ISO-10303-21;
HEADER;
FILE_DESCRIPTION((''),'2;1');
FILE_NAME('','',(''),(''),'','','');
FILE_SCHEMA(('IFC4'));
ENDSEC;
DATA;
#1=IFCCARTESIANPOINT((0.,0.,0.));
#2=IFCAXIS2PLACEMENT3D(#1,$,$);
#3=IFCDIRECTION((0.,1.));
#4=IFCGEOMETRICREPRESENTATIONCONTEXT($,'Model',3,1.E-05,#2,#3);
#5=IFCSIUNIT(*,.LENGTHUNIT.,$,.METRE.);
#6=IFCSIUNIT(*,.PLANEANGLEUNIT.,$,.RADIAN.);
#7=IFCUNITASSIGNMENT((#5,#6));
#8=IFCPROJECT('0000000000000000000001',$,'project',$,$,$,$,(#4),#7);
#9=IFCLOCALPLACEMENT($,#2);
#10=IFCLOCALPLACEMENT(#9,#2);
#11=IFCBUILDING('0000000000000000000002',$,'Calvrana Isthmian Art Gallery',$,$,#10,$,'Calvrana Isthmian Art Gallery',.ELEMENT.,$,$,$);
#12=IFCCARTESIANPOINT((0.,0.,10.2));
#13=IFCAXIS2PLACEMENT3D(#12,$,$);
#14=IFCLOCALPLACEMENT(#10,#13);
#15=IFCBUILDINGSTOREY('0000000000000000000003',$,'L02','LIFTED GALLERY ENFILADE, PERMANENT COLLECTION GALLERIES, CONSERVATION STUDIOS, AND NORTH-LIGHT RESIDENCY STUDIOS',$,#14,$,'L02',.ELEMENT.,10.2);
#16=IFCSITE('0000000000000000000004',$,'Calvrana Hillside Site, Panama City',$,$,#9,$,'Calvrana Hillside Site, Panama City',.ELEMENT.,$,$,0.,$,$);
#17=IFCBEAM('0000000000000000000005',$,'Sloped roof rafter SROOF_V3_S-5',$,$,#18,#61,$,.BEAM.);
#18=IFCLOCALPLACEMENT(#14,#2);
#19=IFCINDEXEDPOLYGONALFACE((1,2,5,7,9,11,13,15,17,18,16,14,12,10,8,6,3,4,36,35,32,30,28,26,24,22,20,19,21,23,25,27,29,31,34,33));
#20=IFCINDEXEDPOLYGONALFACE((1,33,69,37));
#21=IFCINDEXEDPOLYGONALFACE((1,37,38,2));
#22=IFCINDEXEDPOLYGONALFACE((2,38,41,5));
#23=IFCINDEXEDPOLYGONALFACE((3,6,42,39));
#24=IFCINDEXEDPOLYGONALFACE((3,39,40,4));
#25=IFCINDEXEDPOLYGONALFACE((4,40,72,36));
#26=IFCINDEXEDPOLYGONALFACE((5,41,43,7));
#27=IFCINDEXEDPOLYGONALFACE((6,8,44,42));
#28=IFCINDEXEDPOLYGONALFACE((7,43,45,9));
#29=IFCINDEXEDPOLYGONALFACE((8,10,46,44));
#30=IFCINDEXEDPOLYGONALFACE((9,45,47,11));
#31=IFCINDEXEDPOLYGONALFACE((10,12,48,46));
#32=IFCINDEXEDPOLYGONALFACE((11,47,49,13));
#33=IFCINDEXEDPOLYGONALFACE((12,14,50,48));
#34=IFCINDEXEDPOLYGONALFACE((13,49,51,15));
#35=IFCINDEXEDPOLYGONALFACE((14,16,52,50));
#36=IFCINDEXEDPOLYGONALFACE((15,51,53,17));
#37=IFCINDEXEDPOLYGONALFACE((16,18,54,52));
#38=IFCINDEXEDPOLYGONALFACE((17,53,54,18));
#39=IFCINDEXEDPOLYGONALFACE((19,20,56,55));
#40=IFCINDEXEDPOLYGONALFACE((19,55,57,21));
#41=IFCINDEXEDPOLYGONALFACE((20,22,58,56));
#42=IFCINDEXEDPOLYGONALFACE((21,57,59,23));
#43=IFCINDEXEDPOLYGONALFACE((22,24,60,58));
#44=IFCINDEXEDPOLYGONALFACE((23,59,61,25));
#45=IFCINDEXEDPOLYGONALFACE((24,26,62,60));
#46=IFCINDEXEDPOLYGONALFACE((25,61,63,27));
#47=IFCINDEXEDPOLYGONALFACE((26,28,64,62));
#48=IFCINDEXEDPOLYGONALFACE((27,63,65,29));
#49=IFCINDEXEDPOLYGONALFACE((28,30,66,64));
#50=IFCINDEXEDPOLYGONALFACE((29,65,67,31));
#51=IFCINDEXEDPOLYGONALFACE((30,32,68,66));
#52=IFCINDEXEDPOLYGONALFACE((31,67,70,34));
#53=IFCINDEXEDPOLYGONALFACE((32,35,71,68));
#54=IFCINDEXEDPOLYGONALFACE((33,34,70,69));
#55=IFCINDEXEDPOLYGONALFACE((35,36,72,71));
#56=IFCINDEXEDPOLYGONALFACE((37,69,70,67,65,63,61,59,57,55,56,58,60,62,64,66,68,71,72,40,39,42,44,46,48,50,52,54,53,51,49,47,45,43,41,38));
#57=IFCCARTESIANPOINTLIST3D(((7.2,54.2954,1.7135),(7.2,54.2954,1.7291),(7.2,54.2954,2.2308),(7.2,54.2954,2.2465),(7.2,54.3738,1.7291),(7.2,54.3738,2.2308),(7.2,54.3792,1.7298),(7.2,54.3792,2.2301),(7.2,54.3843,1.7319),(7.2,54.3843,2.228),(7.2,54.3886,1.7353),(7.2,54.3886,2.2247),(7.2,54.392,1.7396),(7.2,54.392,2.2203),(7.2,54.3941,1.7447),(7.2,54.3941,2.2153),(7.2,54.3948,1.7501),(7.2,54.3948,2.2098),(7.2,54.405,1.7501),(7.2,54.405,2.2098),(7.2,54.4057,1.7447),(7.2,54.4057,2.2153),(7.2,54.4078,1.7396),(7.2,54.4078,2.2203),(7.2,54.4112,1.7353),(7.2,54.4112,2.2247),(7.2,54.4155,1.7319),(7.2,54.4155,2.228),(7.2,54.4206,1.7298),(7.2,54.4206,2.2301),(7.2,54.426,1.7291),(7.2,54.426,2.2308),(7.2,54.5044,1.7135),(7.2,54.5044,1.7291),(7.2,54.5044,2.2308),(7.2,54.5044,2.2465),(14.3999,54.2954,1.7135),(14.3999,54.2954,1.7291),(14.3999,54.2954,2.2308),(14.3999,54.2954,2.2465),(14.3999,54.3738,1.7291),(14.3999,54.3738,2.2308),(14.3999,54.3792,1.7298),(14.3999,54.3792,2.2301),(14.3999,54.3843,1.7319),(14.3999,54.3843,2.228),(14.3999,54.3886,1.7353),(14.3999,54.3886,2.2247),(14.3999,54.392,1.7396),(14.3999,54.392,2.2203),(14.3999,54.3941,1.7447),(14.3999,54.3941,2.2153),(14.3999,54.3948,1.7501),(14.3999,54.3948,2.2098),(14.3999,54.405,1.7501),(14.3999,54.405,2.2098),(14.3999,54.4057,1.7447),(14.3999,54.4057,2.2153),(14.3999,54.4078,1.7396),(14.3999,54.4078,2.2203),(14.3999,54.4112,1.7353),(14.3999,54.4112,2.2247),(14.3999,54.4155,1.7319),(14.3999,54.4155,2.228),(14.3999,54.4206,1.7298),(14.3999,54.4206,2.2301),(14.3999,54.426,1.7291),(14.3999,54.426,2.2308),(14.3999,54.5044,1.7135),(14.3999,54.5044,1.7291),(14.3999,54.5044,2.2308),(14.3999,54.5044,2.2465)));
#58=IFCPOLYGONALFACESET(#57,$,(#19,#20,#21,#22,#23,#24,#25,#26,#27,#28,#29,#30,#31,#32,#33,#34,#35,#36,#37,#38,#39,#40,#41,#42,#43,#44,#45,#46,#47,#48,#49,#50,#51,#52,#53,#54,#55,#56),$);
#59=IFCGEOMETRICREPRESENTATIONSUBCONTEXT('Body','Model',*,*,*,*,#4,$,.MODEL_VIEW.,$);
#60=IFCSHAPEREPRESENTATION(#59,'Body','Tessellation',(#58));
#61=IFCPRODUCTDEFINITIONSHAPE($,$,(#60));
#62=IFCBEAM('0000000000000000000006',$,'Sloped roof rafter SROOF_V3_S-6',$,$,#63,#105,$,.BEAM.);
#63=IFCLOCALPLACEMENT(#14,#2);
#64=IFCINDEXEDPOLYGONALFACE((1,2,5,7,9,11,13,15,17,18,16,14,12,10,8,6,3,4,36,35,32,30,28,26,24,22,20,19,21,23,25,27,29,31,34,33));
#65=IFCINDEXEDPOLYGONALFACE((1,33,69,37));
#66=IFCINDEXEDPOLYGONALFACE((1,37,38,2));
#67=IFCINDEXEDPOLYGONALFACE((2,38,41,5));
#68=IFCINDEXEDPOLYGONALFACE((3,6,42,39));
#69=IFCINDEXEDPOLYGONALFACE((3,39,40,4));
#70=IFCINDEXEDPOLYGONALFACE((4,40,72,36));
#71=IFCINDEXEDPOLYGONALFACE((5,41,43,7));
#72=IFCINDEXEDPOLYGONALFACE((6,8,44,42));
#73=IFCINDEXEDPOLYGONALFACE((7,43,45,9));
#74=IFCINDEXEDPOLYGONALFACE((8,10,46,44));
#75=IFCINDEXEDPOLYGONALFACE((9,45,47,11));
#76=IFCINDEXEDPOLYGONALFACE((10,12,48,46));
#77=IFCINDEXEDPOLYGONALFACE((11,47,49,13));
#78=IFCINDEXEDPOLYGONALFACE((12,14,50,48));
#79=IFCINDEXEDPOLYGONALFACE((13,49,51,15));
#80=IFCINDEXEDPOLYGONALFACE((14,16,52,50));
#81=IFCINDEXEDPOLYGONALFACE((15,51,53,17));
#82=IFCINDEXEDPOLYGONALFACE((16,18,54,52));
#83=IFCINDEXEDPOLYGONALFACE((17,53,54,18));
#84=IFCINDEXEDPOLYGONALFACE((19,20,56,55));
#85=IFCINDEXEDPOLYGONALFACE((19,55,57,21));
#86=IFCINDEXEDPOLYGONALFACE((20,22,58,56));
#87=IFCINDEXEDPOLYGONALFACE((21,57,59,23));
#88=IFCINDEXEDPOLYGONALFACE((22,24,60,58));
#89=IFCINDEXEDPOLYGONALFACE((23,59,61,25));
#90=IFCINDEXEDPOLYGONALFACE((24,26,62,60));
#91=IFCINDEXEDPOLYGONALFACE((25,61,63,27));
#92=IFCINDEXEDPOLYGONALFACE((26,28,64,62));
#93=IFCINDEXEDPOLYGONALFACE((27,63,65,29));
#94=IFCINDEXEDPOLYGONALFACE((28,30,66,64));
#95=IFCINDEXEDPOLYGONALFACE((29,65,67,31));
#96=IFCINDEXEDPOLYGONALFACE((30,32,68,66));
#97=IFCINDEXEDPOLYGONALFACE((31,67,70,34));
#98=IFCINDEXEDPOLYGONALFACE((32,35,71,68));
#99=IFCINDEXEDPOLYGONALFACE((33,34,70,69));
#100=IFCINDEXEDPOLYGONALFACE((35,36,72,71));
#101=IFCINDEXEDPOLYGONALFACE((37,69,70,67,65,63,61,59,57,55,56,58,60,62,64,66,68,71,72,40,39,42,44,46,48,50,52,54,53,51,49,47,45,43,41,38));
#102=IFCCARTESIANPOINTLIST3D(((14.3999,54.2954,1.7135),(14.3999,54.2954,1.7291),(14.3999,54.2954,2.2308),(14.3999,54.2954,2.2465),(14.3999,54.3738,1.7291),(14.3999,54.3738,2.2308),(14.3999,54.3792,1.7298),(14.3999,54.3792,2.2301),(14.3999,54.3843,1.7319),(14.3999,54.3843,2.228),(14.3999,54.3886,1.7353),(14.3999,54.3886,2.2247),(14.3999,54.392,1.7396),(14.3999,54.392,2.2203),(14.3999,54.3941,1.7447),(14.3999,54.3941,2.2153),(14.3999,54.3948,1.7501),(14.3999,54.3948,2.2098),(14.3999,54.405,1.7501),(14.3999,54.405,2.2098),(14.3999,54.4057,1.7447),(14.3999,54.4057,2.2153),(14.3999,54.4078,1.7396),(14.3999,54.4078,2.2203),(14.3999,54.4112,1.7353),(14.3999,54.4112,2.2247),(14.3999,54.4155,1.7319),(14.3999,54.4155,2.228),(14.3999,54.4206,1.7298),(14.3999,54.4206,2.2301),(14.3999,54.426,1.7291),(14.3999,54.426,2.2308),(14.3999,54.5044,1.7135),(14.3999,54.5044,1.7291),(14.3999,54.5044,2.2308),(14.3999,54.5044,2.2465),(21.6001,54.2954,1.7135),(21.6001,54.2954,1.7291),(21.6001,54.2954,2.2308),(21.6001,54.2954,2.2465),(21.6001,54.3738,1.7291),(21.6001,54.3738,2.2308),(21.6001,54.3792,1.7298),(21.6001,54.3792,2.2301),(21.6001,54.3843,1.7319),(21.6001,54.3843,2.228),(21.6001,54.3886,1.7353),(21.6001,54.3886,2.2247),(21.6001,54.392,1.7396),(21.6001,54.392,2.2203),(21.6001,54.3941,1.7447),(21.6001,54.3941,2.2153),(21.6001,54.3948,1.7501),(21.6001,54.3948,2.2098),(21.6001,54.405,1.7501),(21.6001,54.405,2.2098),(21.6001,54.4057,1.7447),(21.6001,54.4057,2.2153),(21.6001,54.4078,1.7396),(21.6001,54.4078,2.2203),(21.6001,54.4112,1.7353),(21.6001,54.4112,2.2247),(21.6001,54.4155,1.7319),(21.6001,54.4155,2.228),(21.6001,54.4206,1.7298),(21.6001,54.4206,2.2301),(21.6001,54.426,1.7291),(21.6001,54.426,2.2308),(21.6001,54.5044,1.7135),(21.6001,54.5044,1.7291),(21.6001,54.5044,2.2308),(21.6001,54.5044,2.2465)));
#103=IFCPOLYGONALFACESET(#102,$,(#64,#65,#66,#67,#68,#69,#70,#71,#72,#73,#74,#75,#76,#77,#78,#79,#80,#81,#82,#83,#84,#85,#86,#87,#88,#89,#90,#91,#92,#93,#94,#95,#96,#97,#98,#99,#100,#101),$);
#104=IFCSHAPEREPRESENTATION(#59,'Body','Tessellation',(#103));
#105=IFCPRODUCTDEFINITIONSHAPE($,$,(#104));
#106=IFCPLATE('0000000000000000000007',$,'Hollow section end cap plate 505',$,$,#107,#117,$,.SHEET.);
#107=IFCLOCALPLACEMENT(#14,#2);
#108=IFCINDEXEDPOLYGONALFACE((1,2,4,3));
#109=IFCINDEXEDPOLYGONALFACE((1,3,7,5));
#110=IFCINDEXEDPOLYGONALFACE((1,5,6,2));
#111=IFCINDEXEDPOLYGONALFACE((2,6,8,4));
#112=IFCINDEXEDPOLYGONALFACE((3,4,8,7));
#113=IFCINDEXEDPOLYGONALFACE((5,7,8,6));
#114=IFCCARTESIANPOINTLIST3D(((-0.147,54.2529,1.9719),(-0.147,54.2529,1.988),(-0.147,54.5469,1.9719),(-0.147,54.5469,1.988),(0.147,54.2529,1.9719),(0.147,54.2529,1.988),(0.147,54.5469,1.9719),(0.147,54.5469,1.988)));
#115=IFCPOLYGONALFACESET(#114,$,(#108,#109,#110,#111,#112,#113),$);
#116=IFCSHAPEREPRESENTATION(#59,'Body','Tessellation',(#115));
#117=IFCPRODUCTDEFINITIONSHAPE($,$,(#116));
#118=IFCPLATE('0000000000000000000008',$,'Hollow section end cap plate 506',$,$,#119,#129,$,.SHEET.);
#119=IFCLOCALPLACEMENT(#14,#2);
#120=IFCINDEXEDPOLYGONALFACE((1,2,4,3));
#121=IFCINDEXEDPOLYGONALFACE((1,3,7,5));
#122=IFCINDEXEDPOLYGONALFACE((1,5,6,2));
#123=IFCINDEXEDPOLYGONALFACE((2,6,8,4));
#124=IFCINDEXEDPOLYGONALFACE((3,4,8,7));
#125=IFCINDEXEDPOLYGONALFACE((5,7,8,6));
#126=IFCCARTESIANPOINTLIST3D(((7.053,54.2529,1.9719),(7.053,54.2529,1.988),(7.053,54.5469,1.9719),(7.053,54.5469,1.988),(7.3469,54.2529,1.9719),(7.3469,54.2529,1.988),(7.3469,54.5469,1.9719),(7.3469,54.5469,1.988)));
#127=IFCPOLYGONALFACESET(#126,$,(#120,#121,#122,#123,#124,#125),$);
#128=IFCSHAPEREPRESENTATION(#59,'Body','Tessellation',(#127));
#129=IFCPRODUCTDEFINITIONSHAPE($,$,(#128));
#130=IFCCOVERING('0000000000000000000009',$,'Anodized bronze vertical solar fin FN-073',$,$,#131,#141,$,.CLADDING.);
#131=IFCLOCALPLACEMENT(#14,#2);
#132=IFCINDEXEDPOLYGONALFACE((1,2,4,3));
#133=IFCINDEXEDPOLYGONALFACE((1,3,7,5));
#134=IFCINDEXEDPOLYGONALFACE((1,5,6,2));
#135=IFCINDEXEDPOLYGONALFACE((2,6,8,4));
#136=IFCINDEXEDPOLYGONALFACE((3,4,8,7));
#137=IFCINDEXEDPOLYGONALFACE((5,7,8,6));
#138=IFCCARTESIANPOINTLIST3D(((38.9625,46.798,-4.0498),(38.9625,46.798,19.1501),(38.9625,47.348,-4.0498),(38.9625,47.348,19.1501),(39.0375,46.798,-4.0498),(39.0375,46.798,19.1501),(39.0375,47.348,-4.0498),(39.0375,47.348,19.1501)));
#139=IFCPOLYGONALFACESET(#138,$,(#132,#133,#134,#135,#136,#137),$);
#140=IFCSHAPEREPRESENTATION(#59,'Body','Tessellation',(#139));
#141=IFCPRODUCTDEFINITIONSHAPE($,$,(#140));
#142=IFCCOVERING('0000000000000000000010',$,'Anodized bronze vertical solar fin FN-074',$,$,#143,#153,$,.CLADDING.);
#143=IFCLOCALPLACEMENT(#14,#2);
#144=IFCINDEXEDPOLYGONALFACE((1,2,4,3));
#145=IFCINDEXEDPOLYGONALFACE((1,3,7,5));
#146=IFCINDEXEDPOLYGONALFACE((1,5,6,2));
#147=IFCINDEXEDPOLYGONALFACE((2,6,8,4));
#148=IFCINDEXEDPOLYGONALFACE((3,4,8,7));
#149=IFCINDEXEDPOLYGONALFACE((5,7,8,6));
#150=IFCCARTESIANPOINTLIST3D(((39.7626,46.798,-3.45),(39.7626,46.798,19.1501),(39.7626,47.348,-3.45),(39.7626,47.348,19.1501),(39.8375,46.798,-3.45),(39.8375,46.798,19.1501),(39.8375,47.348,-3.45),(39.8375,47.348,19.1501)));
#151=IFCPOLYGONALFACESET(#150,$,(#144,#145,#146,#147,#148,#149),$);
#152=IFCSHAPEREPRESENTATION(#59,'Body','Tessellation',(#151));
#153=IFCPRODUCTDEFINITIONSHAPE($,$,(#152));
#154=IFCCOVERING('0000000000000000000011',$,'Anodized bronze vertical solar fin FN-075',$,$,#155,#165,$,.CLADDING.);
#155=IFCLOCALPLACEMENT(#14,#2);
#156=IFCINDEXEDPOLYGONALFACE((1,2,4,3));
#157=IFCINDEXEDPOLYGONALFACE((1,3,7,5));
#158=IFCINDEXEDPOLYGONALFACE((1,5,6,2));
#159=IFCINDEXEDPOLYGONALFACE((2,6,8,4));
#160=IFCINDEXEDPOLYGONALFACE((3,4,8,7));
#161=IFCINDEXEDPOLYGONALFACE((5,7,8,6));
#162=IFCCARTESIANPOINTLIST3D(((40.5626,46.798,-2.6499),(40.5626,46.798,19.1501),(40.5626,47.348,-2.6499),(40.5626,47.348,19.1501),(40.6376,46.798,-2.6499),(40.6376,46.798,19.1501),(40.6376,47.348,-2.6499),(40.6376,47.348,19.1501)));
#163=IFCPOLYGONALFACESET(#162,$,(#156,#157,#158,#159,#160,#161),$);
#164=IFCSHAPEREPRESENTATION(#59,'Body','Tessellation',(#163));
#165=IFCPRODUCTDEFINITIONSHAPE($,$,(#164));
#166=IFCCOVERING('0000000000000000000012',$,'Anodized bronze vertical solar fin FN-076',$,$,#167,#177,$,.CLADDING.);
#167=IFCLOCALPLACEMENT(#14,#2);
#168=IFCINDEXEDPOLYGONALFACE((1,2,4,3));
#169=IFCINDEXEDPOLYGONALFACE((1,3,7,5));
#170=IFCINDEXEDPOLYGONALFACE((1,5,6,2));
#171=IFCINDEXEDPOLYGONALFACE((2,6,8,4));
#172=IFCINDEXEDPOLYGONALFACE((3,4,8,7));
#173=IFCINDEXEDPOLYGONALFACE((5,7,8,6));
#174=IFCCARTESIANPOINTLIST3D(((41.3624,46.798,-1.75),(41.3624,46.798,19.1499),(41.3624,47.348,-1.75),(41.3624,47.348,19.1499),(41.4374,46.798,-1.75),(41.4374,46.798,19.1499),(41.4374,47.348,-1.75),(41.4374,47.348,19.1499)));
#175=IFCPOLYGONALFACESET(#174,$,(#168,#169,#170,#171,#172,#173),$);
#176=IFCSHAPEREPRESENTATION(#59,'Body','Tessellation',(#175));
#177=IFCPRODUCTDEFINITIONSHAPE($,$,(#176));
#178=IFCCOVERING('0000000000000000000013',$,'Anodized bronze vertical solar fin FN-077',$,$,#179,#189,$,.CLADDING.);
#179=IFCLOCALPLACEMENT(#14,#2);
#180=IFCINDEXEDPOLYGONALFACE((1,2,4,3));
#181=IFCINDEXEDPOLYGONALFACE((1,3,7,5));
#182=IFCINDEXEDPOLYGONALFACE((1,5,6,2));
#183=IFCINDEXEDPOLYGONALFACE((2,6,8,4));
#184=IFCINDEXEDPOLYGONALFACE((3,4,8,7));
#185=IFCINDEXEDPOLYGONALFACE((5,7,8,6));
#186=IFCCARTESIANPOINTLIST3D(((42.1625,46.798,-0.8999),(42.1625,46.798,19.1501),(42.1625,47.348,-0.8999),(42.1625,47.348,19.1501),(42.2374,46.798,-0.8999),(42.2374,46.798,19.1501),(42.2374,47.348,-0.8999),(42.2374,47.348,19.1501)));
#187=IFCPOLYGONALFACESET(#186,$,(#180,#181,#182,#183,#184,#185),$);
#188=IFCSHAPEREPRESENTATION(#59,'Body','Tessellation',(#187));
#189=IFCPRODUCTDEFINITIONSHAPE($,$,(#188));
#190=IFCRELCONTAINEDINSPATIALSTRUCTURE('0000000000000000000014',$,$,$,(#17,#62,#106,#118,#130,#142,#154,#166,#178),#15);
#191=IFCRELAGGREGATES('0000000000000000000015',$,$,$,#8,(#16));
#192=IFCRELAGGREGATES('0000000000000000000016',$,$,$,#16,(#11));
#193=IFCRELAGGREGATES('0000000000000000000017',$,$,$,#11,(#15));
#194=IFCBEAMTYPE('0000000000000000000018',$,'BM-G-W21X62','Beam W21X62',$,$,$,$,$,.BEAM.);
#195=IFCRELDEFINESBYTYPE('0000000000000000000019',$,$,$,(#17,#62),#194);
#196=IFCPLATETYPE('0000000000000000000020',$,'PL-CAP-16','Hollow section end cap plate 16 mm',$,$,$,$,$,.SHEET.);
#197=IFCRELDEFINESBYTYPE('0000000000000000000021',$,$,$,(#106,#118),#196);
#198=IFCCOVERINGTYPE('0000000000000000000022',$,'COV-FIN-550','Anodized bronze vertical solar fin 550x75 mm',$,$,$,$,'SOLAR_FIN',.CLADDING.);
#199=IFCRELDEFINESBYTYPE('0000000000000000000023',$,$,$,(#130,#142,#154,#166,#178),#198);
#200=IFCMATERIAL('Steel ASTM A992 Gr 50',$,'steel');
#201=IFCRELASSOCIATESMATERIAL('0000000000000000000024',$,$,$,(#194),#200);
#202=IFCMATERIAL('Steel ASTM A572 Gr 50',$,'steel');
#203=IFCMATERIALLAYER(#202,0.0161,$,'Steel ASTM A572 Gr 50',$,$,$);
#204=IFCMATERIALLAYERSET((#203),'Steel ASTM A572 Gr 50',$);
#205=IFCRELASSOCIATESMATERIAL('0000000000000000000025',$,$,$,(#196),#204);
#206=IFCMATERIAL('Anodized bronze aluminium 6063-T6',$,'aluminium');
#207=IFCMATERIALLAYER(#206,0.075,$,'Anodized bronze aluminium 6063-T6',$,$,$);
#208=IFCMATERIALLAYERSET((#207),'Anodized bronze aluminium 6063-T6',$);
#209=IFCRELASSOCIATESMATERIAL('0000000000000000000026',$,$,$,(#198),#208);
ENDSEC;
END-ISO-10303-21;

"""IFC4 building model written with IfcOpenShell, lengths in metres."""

from ifc_helpers import new_model, si_unit, direction, frame, origin, origin_2d, place, context, subcontext, project, spatial, rectangle, i_section, extrude, material, layer, layer_set, material_profile, profile_set, type_object, element, save


model = new_model("IFC4")

# Units and contexts
model_context = context("Model", 3, precision=1e-05, world=origin(), true_north=direction((0.0, 1.0)))
body_context = subcontext(model_context, "Body", "Model", "MODEL_VIEW")
ifc_project = project(units=[si_unit("LENGTHUNIT", "METRE"), si_unit("PLANEANGLEUNIT", "RADIAN")], contexts=[model_context])

# Site, building, storey
site_placement = place(None, origin())
site = spatial("IfcSite", under=ifc_project, at=site_placement, Name="Calvrana Hillside Site, Panama City", LongName="Calvrana Hillside Site, Panama City", CompositionType="ELEMENT", RefElevation=0.0)
building_placement = place(site_placement, origin())
building = spatial("IfcBuilding", under=site, at=building_placement, Name="Calvrana Isthmian Art Gallery", LongName="Calvrana Isthmian Art Gallery", CompositionType="ELEMENT")
storey_placement = place(building_placement, frame((0.0, 0.0, 10.2)))
storey = spatial("IfcBuildingStorey", under=building, at=storey_placement, Name="L02", Description="LIFTED GALLERY ENFILADE, PERMANENT COLLECTION GALLERIES, CONSERVATION STUDIOS, AND NORTH-LIGHT RESIDENCY STUDIOS", LongName="L02", CompositionType="ELEMENT", Elevation=10.2)

# Beams
ifc_material_1 = material(Name="Steel ASTM A992 Gr 50", Category="steel")
ifc_material_profile_1 = material_profile(ifc_material_1, i_section(OverallWidth=0.209, OverallDepth=0.533, WebThickness=0.0103, FlangeThickness=0.0156, FilletRadius=0.021, at=origin_2d()), Name="W21X62")
ifc_profile_set_1 = profile_set([ifc_material_profile_1], Name="Steel ASTM A992 Gr 50")
beam_type = type_object("IfcBeamType", Name="BM-G-W21X62", Description="Beam W21X62", PredefinedType="BEAM", material=ifc_profile_set_1)
for number, where, z_axis, x_axis, name in (
    (1, (7.2, 54.3999, 1.98), (1.0, 0.0, 0.0), (0.0, 1.0, 0.0), "Sloped roof rafter SROOF_V3_S-5"),
):
    element("IfcBeam", number, at=place(storey_placement, frame(where, z_axis=z_axis, x_axis=x_axis)), inside=storey, type_object=beam_type, Name=name, PredefinedType="BEAM", context=body_context, shape_type="SweptSolid", body=[
        extrude(i_section(OverallWidth=0.209, OverallDepth=0.533, WebThickness=0.0103, FlangeThickness=0.0156, FilletRadius=0.021, at=origin_2d()), origin(), (0.0, 0.0, 1.0), 7.2),
    ])
beam_placement = place(storey_placement, frame((14.3999, 54.3999, 1.98), z_axis=(1.0, 0.0, 0.0), x_axis=(0.0, 1.0, 0.0)))
element("IfcBeam", 2, at=beam_placement, inside=storey, type_object=beam_type, Name="Sloped roof rafter SROOF_V3_S-6", PredefinedType="BEAM", context=body_context, shape_type="SweptSolid", body=[
    extrude(i_section(OverallWidth=0.209, OverallDepth=0.533, WebThickness=0.0103, FlangeThickness=0.0156, FilletRadius=0.021, at=origin_2d()), origin(), (0.0, 0.0, 1.0), 7.2002),
])

# Plates
ifc_material_2 = material(Name="Steel ASTM A572 Gr 50", Category="steel")
ifc_layer_1 = layer(ifc_material_2, 0.0161, Name="Steel ASTM A572 Gr 50")
ifc_layer_set_1 = layer_set([ifc_layer_1], Name="Steel ASTM A572 Gr 50")
plate_type = type_object("IfcPlateType", Name="PL-CAP-16", Description="Hollow section end cap plate 16 mm", PredefinedType="SHEET", material=ifc_layer_set_1)
for number, where, z_axis, x_axis, name in (
    (3, (0.0, 54.3999, 1.9719), (0.0, 0.0, 1.0), (1.0, 0.0, 0.0), "Hollow section end cap plate 505"),
    (4, (7.2, 54.3999, 1.9719), (0.0, 0.0, 1.0), (1.0, 0.0, 0.0), "Hollow section end cap plate 506"),
):
    element("IfcPlate", number, at=place(storey_placement, frame(where, z_axis=z_axis, x_axis=x_axis)), inside=storey, type_object=plate_type, Name=name, PredefinedType="SHEET", context=body_context, shape_type="SweptSolid", body=[
        extrude(rectangle(XDim=0.2939, YDim=0.2939, at=origin_2d()), origin(), (0.0, 0.0, 1.0), 0.0161),
    ])

# Coverings
ifc_material_3 = material(Name="Anodized bronze aluminium 6063-T6", Category="aluminium")
ifc_layer_2 = layer(ifc_material_3, 0.075, Name="Anodized bronze aluminium 6063-T6")
ifc_layer_set_2 = layer_set([ifc_layer_2], Name="Anodized bronze aluminium 6063-T6")
covering_type = type_object("IfcCoveringType", Name="COV-FIN-550", Description="Anodized bronze vertical solar fin 550x75 mm", ElementType="SOLAR_FIN", PredefinedType="CLADDING", material=ifc_layer_set_2)
covering_1_placement = place(storey_placement, frame((39.0, 47.073, -4.0498), z_axis=(0.0, 0.0, 1.0), x_axis=(1.0, 0.0, 0.0)))
element("IfcCovering", 5, at=covering_1_placement, inside=storey, type_object=covering_type, Name="Anodized bronze vertical solar fin FN-073", PredefinedType="CLADDING", context=body_context, shape_type="SweptSolid", body=[
    extrude(rectangle(XDim=0.075, YDim=0.55, at=origin_2d()), origin(), (0.0, 0.0, 1.0), 23.2),
])
covering_2_placement = place(storey_placement, frame((39.8, 47.073, -3.45), z_axis=(0.0, 0.0, 1.0), x_axis=(1.0, 0.0, 0.0)))
element("IfcCovering", 6, at=covering_2_placement, inside=storey, type_object=covering_type, Name="Anodized bronze vertical solar fin FN-074", PredefinedType="CLADDING", context=body_context, shape_type="SweptSolid", body=[
    extrude(rectangle(XDim=0.075, YDim=0.55, at=origin_2d()), origin(), (0.0, 0.0, 1.0), 22.6001),
])
covering_3_placement = place(storey_placement, frame((40.6001, 47.073, -2.6499), z_axis=(0.0, 0.0, 1.0), x_axis=(1.0, 0.0, 0.0)))
element("IfcCovering", 7, at=covering_3_placement, inside=storey, type_object=covering_type, Name="Anodized bronze vertical solar fin FN-075", PredefinedType="CLADDING", context=body_context, shape_type="SweptSolid", body=[
    extrude(rectangle(XDim=0.075, YDim=0.55, at=origin_2d()), origin(), (0.0, 0.0, 1.0), 21.8),
])
covering_4_placement = place(storey_placement, frame((41.3999, 47.073, -1.75), z_axis=(0.0, 0.0, 1.0), x_axis=(1.0, 0.0, 0.0)))
element("IfcCovering", 8, at=covering_4_placement, inside=storey, type_object=covering_type, Name="Anodized bronze vertical solar fin FN-076", PredefinedType="CLADDING", context=body_context, shape_type="SweptSolid", body=[
    extrude(rectangle(XDim=0.075, YDim=0.55, at=origin_2d()), origin(), (0.0, 0.0, 1.0), 20.8999),
])
covering_5_placement = place(storey_placement, frame((42.2, 47.073, -0.8999), z_axis=(0.0, 0.0, 1.0), x_axis=(1.0, 0.0, 0.0)))
element("IfcCovering", 9, at=covering_5_placement, inside=storey, type_object=covering_type, Name="Anodized bronze vertical solar fin FN-077", PredefinedType="CLADDING", context=body_context, shape_type="SweptSolid", body=[
    extrude(rectangle(XDim=0.075, YDim=0.55, at=origin_2d()), origin(), (0.0, 0.0, 1.0), 20.05),
])

save(model, "model.ifc")
